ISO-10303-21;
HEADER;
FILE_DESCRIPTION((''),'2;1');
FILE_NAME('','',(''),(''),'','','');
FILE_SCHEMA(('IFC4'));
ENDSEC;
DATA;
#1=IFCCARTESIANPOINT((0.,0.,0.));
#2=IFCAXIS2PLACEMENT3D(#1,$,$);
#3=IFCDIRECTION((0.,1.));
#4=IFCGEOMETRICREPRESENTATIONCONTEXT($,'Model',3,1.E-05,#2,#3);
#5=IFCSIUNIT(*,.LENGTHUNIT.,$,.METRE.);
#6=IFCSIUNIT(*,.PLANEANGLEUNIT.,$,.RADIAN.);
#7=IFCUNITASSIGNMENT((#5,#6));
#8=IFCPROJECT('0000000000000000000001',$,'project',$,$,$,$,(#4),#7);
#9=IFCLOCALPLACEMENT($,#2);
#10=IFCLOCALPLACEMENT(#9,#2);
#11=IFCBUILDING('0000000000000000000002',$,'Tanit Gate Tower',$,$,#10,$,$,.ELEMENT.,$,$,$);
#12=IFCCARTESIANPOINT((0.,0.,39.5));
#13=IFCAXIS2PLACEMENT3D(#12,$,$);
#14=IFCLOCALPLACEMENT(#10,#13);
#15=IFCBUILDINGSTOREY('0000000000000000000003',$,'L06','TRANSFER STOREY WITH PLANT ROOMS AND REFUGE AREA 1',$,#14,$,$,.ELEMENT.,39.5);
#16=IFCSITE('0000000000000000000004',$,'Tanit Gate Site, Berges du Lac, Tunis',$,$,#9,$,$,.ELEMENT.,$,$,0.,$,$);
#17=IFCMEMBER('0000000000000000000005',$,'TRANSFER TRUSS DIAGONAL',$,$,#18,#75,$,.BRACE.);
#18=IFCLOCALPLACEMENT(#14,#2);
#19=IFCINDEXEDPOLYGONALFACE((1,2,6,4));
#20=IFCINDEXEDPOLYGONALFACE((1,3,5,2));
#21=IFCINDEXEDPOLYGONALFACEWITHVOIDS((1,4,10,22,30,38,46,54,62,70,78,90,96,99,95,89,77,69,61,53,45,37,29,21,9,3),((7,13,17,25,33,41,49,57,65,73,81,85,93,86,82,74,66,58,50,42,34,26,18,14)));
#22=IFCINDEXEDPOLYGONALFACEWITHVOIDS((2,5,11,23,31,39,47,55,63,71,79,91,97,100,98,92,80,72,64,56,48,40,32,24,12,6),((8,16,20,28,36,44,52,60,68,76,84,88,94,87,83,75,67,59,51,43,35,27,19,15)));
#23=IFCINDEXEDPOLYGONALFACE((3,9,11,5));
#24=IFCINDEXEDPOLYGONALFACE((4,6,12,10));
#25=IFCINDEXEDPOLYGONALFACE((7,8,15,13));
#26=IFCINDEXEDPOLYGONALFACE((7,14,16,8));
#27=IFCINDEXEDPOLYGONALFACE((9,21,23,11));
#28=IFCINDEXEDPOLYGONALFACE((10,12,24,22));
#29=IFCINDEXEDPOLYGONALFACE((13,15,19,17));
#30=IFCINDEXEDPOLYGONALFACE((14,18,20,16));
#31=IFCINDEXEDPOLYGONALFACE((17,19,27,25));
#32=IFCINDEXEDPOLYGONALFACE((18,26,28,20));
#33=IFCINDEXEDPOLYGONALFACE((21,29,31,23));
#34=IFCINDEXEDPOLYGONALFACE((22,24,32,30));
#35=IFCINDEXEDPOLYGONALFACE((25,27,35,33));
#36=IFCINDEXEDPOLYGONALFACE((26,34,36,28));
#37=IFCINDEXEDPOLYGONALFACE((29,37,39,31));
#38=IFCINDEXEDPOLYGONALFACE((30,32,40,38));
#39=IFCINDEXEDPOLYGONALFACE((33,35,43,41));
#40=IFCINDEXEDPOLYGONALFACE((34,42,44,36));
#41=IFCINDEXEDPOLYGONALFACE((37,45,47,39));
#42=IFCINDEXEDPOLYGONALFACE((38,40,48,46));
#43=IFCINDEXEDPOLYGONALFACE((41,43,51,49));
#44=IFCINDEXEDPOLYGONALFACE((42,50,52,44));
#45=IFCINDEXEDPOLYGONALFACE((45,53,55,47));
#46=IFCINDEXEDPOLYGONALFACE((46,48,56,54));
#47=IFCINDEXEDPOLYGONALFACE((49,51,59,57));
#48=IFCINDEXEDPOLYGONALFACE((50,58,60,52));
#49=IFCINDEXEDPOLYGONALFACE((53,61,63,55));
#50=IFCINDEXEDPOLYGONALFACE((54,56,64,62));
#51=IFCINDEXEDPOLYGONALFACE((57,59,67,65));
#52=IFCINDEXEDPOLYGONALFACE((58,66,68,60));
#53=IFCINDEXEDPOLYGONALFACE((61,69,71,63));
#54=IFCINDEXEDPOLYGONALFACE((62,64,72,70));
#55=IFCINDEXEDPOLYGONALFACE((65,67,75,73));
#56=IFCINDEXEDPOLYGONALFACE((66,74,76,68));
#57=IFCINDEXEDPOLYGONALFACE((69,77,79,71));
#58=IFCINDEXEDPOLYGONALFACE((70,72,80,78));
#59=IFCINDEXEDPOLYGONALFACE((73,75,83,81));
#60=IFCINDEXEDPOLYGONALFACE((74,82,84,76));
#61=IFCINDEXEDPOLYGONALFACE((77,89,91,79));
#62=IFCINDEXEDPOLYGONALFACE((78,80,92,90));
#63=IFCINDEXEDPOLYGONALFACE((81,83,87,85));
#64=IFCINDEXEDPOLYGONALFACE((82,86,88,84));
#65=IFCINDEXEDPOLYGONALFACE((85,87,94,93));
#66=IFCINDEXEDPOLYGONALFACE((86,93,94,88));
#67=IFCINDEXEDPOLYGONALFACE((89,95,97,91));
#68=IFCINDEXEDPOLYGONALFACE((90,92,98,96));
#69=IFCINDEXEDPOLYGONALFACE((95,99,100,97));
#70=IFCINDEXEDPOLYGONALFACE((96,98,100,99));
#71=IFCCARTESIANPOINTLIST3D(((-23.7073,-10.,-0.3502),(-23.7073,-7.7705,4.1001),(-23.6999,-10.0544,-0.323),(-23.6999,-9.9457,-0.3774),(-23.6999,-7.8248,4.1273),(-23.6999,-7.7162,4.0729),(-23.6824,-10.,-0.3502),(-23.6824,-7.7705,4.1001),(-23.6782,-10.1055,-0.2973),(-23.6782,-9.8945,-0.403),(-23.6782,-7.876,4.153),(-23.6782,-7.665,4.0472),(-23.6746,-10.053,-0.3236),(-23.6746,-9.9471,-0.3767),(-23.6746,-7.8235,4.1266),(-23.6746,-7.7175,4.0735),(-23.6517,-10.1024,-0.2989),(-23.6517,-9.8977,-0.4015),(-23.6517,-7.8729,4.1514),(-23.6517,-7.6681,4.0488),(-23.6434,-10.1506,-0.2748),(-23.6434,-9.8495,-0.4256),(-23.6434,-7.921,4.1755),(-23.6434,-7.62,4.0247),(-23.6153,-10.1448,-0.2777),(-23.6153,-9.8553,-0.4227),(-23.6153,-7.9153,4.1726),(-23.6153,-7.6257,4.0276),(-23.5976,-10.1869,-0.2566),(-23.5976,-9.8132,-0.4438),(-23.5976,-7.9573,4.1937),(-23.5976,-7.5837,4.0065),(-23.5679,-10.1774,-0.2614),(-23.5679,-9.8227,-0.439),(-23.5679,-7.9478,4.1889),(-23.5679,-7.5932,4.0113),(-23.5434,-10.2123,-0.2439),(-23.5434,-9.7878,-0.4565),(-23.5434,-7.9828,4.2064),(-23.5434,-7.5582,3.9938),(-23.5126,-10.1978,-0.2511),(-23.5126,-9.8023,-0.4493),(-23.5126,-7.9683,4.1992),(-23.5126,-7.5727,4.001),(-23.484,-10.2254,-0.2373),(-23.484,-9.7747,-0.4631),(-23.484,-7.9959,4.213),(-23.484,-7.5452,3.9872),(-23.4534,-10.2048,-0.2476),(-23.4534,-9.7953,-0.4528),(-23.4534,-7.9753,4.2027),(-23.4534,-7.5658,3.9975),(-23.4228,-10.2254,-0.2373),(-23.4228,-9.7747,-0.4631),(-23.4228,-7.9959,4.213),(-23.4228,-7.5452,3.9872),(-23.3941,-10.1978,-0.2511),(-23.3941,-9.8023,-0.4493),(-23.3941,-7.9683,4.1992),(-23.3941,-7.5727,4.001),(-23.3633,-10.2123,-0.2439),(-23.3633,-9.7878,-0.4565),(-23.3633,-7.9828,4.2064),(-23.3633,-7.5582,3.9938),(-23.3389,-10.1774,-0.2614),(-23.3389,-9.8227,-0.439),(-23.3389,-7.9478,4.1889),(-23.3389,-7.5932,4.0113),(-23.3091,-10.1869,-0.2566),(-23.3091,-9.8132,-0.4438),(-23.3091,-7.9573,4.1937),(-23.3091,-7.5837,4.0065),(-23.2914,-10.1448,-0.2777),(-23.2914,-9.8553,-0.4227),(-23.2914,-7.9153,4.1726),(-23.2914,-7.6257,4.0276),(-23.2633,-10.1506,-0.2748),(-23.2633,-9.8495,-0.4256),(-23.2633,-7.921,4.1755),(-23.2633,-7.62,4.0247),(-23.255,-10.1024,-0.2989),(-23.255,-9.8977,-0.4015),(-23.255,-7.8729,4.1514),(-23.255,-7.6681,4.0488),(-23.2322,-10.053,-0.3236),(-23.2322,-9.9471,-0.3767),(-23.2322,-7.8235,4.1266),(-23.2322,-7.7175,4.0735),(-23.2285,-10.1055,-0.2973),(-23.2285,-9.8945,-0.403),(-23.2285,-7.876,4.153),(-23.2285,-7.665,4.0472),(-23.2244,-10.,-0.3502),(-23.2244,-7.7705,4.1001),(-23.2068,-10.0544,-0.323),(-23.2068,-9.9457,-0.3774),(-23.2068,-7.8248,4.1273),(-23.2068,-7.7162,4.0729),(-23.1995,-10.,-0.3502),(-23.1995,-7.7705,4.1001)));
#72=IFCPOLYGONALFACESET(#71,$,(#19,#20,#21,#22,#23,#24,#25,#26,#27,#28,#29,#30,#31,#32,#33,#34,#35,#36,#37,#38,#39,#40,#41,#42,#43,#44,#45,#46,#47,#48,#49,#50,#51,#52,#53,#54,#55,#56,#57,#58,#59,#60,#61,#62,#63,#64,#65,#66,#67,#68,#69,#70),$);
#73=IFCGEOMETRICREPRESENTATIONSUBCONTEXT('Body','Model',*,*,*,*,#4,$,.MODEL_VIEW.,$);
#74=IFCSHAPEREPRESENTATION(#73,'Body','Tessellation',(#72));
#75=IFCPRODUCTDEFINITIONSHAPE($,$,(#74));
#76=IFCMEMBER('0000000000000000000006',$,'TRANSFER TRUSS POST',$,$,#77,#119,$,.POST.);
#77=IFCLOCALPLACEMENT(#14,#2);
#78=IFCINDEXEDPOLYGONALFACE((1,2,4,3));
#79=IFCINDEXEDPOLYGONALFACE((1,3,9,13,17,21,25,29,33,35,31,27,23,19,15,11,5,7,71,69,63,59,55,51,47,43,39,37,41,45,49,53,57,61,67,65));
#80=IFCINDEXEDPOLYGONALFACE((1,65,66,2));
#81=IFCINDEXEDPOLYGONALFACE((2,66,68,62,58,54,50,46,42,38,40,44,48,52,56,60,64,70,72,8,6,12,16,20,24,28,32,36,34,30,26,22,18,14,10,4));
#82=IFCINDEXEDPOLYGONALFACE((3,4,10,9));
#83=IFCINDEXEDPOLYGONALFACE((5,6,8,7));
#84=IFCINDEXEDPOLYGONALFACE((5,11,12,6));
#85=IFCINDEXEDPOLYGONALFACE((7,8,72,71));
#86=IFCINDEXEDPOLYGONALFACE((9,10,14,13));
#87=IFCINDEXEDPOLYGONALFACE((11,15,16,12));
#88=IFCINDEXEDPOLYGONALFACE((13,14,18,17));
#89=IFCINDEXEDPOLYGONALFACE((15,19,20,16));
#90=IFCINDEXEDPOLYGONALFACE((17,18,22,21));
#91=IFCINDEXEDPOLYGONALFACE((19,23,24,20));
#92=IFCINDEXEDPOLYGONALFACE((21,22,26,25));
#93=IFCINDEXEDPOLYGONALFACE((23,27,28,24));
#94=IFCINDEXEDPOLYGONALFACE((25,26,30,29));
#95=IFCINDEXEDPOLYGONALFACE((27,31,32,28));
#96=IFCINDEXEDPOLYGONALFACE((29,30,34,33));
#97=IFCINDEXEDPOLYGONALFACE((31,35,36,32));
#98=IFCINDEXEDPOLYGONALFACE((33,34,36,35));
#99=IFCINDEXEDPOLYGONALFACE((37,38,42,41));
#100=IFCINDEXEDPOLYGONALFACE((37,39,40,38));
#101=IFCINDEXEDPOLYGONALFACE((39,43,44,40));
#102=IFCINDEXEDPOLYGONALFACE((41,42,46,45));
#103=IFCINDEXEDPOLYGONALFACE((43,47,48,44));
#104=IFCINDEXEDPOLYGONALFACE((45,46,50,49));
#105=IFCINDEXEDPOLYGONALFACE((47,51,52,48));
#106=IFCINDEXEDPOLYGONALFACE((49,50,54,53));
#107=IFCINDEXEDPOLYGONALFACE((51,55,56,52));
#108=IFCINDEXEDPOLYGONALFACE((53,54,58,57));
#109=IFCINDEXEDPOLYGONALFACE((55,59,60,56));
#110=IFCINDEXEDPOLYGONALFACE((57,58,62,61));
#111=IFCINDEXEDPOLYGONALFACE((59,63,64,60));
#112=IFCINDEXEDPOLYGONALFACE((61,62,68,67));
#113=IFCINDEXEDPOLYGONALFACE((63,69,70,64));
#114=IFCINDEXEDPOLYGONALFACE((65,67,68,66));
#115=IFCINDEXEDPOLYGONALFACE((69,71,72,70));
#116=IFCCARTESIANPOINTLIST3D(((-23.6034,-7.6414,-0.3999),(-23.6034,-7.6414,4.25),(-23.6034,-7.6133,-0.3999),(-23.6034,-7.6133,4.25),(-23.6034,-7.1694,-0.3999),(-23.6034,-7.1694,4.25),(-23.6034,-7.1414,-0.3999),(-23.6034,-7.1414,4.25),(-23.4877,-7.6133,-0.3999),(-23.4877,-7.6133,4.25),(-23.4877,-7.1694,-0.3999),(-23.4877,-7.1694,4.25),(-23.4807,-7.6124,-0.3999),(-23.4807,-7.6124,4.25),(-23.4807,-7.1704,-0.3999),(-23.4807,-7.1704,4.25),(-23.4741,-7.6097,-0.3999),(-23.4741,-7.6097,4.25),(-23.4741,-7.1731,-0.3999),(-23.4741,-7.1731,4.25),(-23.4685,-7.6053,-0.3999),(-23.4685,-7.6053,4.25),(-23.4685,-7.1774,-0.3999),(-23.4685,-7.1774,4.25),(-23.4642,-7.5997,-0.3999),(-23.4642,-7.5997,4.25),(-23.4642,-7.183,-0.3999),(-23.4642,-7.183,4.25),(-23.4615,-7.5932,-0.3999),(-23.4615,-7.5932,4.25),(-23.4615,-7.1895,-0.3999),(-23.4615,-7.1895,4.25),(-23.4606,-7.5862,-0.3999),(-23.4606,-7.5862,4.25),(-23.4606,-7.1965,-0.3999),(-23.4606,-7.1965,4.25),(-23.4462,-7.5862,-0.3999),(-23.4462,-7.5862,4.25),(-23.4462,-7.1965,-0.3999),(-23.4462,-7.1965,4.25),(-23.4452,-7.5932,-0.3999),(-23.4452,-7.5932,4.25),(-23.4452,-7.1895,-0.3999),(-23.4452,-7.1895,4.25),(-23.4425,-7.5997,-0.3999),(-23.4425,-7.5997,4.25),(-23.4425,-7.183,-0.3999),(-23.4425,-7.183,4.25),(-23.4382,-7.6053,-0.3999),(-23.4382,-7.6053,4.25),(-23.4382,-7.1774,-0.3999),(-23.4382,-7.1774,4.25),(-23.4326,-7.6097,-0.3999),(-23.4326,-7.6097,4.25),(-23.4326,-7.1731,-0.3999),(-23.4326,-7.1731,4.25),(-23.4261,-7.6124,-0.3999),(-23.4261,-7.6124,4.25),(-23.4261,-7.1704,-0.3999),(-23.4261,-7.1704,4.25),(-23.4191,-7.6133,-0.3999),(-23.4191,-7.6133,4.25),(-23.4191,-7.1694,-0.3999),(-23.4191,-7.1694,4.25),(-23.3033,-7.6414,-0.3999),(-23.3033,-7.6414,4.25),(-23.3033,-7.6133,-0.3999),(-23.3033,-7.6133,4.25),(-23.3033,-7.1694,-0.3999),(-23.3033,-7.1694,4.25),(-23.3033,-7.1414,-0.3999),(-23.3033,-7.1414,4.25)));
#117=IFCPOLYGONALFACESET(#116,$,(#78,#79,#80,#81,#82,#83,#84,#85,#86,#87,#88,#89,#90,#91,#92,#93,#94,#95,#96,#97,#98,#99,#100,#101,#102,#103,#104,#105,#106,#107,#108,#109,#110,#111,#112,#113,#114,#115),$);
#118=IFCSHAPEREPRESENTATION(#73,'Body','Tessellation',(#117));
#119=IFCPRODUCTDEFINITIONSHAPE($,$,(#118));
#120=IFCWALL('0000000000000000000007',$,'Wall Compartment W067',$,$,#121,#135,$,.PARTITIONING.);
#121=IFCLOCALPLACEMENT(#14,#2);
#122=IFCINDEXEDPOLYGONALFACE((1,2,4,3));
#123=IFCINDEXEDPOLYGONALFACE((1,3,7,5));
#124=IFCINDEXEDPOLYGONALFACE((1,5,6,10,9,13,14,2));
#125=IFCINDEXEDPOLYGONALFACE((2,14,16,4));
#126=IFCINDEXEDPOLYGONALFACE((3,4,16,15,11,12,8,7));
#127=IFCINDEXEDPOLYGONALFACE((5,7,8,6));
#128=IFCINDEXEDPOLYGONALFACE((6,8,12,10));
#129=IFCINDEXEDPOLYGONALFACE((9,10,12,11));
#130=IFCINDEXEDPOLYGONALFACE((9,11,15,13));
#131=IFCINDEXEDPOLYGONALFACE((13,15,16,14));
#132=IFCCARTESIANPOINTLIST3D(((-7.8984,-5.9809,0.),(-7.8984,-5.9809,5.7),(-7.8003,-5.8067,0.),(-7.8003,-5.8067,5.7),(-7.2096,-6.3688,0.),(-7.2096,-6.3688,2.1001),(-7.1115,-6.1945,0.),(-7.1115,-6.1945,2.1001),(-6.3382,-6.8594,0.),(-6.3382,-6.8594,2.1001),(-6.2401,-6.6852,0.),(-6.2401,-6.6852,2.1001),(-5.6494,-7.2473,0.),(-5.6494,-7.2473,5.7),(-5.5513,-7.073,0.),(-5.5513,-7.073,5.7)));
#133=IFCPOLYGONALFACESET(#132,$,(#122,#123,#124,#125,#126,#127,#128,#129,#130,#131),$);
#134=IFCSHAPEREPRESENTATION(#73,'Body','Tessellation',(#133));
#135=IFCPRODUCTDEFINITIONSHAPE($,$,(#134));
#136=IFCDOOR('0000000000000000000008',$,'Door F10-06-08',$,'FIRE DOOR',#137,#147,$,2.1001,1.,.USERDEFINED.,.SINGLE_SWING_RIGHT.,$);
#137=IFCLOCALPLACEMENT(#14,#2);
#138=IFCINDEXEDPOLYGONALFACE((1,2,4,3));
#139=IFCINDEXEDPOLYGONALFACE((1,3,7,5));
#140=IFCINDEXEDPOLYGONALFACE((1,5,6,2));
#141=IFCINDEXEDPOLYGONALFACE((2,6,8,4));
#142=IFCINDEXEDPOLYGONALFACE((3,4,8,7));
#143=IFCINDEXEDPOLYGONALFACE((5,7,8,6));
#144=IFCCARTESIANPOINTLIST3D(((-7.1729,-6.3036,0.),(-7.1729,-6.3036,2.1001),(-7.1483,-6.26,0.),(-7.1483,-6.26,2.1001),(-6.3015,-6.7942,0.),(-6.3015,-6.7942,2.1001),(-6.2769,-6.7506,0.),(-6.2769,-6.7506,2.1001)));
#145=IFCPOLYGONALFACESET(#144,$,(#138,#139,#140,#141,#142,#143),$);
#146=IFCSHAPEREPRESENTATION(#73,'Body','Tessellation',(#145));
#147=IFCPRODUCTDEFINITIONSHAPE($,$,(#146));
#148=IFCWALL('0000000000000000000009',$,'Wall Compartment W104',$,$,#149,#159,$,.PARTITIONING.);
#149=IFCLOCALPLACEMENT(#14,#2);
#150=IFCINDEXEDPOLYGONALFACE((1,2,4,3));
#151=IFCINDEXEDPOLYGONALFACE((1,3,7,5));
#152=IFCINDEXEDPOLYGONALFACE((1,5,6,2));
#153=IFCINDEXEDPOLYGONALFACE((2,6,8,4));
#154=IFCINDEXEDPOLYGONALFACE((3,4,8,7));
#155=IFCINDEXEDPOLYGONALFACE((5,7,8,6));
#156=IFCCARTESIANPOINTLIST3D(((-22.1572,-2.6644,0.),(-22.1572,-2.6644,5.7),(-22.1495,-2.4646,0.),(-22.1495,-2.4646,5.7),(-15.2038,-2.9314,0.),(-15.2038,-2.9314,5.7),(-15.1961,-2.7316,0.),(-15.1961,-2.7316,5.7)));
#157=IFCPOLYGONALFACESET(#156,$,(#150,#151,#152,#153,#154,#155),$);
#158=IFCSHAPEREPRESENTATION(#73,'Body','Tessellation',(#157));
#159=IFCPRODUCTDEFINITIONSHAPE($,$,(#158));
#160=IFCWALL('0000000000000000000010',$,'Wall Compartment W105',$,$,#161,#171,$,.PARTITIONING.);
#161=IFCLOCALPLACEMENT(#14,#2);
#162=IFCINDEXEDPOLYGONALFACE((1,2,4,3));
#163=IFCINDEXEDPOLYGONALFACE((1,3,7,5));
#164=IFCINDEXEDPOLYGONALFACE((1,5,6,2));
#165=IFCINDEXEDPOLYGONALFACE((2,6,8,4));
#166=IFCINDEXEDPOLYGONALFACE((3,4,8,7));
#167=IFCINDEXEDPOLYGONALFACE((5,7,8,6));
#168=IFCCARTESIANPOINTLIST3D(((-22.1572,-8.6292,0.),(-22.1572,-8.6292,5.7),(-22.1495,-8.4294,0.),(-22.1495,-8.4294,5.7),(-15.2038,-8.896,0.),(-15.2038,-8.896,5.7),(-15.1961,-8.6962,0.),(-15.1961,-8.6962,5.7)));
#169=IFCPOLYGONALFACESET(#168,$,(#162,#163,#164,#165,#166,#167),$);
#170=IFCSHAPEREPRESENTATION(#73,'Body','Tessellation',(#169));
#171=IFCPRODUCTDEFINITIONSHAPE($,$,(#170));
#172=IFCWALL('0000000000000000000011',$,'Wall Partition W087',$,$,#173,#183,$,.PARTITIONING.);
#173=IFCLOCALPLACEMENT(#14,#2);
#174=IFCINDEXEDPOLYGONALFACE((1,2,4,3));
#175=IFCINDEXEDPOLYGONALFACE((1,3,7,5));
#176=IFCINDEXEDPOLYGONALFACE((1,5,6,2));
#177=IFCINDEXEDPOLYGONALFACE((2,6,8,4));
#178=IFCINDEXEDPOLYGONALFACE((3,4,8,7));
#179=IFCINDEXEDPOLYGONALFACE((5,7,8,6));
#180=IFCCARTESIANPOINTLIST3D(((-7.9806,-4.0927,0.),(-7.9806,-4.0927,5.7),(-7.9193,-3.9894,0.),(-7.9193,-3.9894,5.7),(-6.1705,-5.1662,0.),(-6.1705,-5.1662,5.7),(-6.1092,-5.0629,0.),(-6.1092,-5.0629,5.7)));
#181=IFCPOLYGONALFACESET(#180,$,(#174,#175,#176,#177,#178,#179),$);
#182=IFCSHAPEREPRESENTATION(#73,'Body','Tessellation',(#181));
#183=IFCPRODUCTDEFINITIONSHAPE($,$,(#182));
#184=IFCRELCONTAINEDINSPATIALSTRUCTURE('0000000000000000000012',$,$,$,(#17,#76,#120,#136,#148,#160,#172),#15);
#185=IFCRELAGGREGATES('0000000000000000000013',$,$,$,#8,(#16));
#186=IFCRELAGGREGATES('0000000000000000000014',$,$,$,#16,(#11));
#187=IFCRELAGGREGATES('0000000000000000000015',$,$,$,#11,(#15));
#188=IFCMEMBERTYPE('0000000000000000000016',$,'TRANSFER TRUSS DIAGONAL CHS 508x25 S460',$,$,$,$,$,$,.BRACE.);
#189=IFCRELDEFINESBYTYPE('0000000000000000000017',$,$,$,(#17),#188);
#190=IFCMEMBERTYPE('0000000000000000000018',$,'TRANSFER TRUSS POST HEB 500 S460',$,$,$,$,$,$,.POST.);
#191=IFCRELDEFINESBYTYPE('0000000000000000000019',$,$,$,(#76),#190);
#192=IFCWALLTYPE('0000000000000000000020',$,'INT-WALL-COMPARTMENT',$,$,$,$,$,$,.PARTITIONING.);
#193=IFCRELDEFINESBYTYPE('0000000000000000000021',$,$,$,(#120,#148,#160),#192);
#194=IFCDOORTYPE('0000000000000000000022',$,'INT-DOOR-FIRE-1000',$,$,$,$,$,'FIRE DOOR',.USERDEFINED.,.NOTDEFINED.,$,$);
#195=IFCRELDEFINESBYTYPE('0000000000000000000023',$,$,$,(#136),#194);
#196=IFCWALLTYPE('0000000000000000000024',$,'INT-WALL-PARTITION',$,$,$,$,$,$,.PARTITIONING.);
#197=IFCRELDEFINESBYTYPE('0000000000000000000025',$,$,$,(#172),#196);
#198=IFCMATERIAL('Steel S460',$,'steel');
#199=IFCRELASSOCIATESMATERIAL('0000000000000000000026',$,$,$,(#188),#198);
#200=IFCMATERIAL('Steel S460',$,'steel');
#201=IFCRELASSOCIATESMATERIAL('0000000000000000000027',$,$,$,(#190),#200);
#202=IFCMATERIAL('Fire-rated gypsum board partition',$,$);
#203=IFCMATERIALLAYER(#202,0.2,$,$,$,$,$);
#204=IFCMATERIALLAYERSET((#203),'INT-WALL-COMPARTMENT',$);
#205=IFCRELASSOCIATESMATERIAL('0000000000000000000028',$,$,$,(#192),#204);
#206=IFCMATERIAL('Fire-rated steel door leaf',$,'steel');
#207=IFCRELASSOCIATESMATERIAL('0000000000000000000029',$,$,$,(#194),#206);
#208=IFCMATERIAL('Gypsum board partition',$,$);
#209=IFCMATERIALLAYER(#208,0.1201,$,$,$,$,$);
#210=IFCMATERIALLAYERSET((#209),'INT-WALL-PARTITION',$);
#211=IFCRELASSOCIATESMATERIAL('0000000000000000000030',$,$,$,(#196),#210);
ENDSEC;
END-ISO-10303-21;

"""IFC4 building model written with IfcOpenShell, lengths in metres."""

from ifc_helpers import new_model, si_unit, direction, frame, frame_2d, origin, origin_2d, place, context, subcontext, project, spatial, rectangle, hollow_circle, i_section, extrude, material, layer, layer_set, material_profile, profile_set, type_object, element, fill, save


model = new_model("IFC4")

# Units and contexts
model_context = context("Model", 3, precision=1e-05, world=origin(), true_north=direction((0.0, 1.0)))
body_context = subcontext(model_context, "Body", "Model", "MODEL_VIEW")
ifc_project = project(units=[si_unit("LENGTHUNIT", "METRE"), si_unit("PLANEANGLEUNIT", "RADIAN")], contexts=[model_context])

# Site, building, storey
site_placement = place(None, origin())
site = spatial("IfcSite", under=ifc_project, at=site_placement, Name="Tanit Gate Site, Berges du Lac, Tunis", CompositionType="ELEMENT", RefElevation=0.0)
building_placement = place(site_placement, origin())
building = spatial("IfcBuilding", under=site, at=building_placement, Name="Tanit Gate Tower", CompositionType="ELEMENT")
storey_placement = place(building_placement, frame((0.0, 0.0, 39.5)))
storey = spatial("IfcBuildingStorey", under=building, at=storey_placement, Name="L06", Description="TRANSFER STOREY WITH PLANT ROOMS AND REFUGE AREA 1", CompositionType="ELEMENT", Elevation=39.5)

# Members
ifc_material_1 = material(Name="Steel S460", Category="steel")
ifc_material_profile_1 = material_profile(ifc_material_1, hollow_circle(Radius=0.2539, WallThickness=0.0249, at=origin_2d()), Name="CHS 508x25")
ifc_profile_set_1 = profile_set([ifc_material_profile_1], Name="Steel S460")
member_type_1 = type_object("IfcMemberType", Name="TRANSFER TRUSS DIAGONAL CHS 508x25 S460", PredefinedType="BRACE", material=ifc_profile_set_1)
member_1_placement = place(storey_placement, frame((-23.4534, -7.7705, 4.1001), z_axis=(0.0, -0.44792, -0.894074), x_axis=(1.0, 0.0, 0.0)))
element("IfcMember", 1, at=member_1_placement, inside=storey, type_object=member_type_1, Name="TRANSFER TRUSS DIAGONAL", PredefinedType="BRACE", context=body_context, shape_type="SweptSolid", body=[
    extrude(hollow_circle(Radius=0.2539, WallThickness=0.0249, at=origin_2d()), origin(), (0.0, 0.0, 1.0), 4.9775),
])
ifc_material_2 = material(Name="Steel S460", Category="steel")
ifc_material_profile_2 = material_profile(ifc_material_2, i_section(OverallWidth=0.3, OverallDepth=0.5, WebThickness=0.0144, FlangeThickness=0.0281, FilletRadius=0.0271, at=origin_2d()), Name="HEB 500")
ifc_profile_set_2 = profile_set([ifc_material_profile_2], Name="Steel S460")
member_type_2 = type_object("IfcMemberType", Name="TRANSFER TRUSS POST HEB 500 S460", PredefinedType="POST", material=ifc_profile_set_2)
member_2_placement = place(storey_placement, frame((-23.4534, -7.3914, -0.3999), z_axis=(0.0, 0.0, 1.0), x_axis=(1.0, 0.0, 0.0)))
element("IfcMember", 2, at=member_2_placement, inside=storey, type_object=member_type_2, Name="TRANSFER TRUSS POST", PredefinedType="POST", context=body_context, shape_type="SweptSolid", body=[
    extrude(i_section(OverallWidth=0.3, OverallDepth=0.5, WebThickness=0.0144, FlangeThickness=0.0281, FilletRadius=0.0271, at=origin_2d()), origin(), (0.0, 0.0, 1.0), 4.6499),
])

# Wall, opening, door
ifc_material_3 = material(Name="Fire-rated gypsum board partition")
ifc_layer_1 = layer(ifc_material_3, 0.2)
ifc_layer_set_1 = layer_set([ifc_layer_1], Name="INT-WALL-COMPARTMENT")
wall_type_1 = type_object("IfcWallType", Name="INT-WALL-COMPARTMENT", PredefinedType="PARTITIONING", material=ifc_layer_set_1)
wall_1_placement = place(storey_placement, frame((-7.8494, -5.8938, 0.0), z_axis=(0.0, 0.0, 1.0), x_axis=(0.871363, -0.490638, 0.0)))
wall_1 = element("IfcWall", 3, at=wall_1_placement, inside=storey, type_object=wall_type_1, Name="Wall Compartment W067", PredefinedType="PARTITIONING", context=body_context, shape_type="SweptSolid", body=[
    extrude(rectangle(XDim=2.5811, YDim=0.2, at=frame_2d((1.2905, 0.0))), origin(), (0.0, 0.0, 1.0), 5.7),
])
opening_placement = place(wall_1_placement, frame((0.7905, 0.0, 0.0)))
opening = element("IfcOpeningElement", 4, at=opening_placement, cuts=wall_1, PredefinedType="OPENING", context=body_context, shape_type="SweptSolid", body=[
    extrude(rectangle(XDim=1.0, YDim=2.1001, at=frame_2d((0.5, 1.05))), frame((0.0, 0.1099, 0.0), z_axis=(0.0, -1.0, 0.0), x_axis=(1.0, 0.0, 0.0)), (0.0, 0.0, 1.0), 0.22),
])
ifc_material_4 = material(Name="Fire-rated steel door leaf", Category="steel")
door_type = type_object("IfcDoorType", Name="INT-DOOR-FIRE-1000", ElementType="FIRE DOOR", OperationType="NOTDEFINED", PredefinedType="USERDEFINED", material=ifc_material_4)
door_placement = place(opening_placement, origin())
door = element("IfcDoor", 5, at=door_placement, inside=storey, type_object=door_type, Name="Door F10-06-08", ObjectType="FIRE DOOR", OperationType="SINGLE_SWING_RIGHT", OverallHeight=2.1001, OverallWidth=1.0, PredefinedType="USERDEFINED", context=body_context, shape_type="SweptSolid", body=[
    extrude(rectangle(XDim=1.0, YDim=2.1001, at=frame_2d((0.5, 1.05))), frame((0.0, 0.0249, 0.0), z_axis=(0.0, -1.0, 0.0), x_axis=(1.0, 0.0, 0.0)), (0.0, 0.0, 1.0), 0.05),
])
fill(opening, door)

# Walls
for number, where, z_axis, x_axis, name in (
    (6, (-15.2, -2.8315, 0.0), (0.0, 0.0, 1.0), (-0.999263, 0.038383, 0.0), "Wall Compartment W104"),
    (7, (-15.2, -8.7961, 0.0), (0.0, 0.0, 1.0), (-0.999264, 0.038348, 0.0), "Wall Compartment W105"),
):
    element("IfcWall", number, at=place(storey_placement, frame(where, z_axis=z_axis, x_axis=x_axis)), inside=storey, type_object=wall_type_1, Name=name, PredefinedType="PARTITIONING", context=body_context, shape_type="SweptSolid", body=[
        extrude(rectangle(XDim=6.9585, YDim=0.2, at=frame_2d((3.4792, 0.0))), origin(), (0.0, 0.0, 1.0), 5.7),
    ])
ifc_material_5 = material(Name="Gypsum board partition")
ifc_layer_2 = layer(ifc_material_5, 0.1201)
ifc_layer_set_2 = layer_set([ifc_layer_2], Name="INT-WALL-PARTITION")
wall_type_2 = type_object("IfcWallType", Name="INT-WALL-PARTITION", PredefinedType="PARTITIONING", material=ifc_layer_set_2)
wall_2_placement = place(storey_placement, frame((-7.95, -4.041, 0.0), z_axis=(0.0, 0.0, 1.0), x_axis=(0.860112, -0.510104, 0.0)))
element("IfcWall", 8, at=wall_2_placement, inside=storey, type_object=wall_type_2, Name="Wall Partition W087", PredefinedType="PARTITIONING", context=body_context, shape_type="SweptSolid", body=[
    extrude(rectangle(XDim=2.1045, YDim=0.1201, at=frame_2d((1.0522, 0.0))), origin(), (0.0, 0.0, 1.0), 5.7),
])

save(model, "model.ifc")
